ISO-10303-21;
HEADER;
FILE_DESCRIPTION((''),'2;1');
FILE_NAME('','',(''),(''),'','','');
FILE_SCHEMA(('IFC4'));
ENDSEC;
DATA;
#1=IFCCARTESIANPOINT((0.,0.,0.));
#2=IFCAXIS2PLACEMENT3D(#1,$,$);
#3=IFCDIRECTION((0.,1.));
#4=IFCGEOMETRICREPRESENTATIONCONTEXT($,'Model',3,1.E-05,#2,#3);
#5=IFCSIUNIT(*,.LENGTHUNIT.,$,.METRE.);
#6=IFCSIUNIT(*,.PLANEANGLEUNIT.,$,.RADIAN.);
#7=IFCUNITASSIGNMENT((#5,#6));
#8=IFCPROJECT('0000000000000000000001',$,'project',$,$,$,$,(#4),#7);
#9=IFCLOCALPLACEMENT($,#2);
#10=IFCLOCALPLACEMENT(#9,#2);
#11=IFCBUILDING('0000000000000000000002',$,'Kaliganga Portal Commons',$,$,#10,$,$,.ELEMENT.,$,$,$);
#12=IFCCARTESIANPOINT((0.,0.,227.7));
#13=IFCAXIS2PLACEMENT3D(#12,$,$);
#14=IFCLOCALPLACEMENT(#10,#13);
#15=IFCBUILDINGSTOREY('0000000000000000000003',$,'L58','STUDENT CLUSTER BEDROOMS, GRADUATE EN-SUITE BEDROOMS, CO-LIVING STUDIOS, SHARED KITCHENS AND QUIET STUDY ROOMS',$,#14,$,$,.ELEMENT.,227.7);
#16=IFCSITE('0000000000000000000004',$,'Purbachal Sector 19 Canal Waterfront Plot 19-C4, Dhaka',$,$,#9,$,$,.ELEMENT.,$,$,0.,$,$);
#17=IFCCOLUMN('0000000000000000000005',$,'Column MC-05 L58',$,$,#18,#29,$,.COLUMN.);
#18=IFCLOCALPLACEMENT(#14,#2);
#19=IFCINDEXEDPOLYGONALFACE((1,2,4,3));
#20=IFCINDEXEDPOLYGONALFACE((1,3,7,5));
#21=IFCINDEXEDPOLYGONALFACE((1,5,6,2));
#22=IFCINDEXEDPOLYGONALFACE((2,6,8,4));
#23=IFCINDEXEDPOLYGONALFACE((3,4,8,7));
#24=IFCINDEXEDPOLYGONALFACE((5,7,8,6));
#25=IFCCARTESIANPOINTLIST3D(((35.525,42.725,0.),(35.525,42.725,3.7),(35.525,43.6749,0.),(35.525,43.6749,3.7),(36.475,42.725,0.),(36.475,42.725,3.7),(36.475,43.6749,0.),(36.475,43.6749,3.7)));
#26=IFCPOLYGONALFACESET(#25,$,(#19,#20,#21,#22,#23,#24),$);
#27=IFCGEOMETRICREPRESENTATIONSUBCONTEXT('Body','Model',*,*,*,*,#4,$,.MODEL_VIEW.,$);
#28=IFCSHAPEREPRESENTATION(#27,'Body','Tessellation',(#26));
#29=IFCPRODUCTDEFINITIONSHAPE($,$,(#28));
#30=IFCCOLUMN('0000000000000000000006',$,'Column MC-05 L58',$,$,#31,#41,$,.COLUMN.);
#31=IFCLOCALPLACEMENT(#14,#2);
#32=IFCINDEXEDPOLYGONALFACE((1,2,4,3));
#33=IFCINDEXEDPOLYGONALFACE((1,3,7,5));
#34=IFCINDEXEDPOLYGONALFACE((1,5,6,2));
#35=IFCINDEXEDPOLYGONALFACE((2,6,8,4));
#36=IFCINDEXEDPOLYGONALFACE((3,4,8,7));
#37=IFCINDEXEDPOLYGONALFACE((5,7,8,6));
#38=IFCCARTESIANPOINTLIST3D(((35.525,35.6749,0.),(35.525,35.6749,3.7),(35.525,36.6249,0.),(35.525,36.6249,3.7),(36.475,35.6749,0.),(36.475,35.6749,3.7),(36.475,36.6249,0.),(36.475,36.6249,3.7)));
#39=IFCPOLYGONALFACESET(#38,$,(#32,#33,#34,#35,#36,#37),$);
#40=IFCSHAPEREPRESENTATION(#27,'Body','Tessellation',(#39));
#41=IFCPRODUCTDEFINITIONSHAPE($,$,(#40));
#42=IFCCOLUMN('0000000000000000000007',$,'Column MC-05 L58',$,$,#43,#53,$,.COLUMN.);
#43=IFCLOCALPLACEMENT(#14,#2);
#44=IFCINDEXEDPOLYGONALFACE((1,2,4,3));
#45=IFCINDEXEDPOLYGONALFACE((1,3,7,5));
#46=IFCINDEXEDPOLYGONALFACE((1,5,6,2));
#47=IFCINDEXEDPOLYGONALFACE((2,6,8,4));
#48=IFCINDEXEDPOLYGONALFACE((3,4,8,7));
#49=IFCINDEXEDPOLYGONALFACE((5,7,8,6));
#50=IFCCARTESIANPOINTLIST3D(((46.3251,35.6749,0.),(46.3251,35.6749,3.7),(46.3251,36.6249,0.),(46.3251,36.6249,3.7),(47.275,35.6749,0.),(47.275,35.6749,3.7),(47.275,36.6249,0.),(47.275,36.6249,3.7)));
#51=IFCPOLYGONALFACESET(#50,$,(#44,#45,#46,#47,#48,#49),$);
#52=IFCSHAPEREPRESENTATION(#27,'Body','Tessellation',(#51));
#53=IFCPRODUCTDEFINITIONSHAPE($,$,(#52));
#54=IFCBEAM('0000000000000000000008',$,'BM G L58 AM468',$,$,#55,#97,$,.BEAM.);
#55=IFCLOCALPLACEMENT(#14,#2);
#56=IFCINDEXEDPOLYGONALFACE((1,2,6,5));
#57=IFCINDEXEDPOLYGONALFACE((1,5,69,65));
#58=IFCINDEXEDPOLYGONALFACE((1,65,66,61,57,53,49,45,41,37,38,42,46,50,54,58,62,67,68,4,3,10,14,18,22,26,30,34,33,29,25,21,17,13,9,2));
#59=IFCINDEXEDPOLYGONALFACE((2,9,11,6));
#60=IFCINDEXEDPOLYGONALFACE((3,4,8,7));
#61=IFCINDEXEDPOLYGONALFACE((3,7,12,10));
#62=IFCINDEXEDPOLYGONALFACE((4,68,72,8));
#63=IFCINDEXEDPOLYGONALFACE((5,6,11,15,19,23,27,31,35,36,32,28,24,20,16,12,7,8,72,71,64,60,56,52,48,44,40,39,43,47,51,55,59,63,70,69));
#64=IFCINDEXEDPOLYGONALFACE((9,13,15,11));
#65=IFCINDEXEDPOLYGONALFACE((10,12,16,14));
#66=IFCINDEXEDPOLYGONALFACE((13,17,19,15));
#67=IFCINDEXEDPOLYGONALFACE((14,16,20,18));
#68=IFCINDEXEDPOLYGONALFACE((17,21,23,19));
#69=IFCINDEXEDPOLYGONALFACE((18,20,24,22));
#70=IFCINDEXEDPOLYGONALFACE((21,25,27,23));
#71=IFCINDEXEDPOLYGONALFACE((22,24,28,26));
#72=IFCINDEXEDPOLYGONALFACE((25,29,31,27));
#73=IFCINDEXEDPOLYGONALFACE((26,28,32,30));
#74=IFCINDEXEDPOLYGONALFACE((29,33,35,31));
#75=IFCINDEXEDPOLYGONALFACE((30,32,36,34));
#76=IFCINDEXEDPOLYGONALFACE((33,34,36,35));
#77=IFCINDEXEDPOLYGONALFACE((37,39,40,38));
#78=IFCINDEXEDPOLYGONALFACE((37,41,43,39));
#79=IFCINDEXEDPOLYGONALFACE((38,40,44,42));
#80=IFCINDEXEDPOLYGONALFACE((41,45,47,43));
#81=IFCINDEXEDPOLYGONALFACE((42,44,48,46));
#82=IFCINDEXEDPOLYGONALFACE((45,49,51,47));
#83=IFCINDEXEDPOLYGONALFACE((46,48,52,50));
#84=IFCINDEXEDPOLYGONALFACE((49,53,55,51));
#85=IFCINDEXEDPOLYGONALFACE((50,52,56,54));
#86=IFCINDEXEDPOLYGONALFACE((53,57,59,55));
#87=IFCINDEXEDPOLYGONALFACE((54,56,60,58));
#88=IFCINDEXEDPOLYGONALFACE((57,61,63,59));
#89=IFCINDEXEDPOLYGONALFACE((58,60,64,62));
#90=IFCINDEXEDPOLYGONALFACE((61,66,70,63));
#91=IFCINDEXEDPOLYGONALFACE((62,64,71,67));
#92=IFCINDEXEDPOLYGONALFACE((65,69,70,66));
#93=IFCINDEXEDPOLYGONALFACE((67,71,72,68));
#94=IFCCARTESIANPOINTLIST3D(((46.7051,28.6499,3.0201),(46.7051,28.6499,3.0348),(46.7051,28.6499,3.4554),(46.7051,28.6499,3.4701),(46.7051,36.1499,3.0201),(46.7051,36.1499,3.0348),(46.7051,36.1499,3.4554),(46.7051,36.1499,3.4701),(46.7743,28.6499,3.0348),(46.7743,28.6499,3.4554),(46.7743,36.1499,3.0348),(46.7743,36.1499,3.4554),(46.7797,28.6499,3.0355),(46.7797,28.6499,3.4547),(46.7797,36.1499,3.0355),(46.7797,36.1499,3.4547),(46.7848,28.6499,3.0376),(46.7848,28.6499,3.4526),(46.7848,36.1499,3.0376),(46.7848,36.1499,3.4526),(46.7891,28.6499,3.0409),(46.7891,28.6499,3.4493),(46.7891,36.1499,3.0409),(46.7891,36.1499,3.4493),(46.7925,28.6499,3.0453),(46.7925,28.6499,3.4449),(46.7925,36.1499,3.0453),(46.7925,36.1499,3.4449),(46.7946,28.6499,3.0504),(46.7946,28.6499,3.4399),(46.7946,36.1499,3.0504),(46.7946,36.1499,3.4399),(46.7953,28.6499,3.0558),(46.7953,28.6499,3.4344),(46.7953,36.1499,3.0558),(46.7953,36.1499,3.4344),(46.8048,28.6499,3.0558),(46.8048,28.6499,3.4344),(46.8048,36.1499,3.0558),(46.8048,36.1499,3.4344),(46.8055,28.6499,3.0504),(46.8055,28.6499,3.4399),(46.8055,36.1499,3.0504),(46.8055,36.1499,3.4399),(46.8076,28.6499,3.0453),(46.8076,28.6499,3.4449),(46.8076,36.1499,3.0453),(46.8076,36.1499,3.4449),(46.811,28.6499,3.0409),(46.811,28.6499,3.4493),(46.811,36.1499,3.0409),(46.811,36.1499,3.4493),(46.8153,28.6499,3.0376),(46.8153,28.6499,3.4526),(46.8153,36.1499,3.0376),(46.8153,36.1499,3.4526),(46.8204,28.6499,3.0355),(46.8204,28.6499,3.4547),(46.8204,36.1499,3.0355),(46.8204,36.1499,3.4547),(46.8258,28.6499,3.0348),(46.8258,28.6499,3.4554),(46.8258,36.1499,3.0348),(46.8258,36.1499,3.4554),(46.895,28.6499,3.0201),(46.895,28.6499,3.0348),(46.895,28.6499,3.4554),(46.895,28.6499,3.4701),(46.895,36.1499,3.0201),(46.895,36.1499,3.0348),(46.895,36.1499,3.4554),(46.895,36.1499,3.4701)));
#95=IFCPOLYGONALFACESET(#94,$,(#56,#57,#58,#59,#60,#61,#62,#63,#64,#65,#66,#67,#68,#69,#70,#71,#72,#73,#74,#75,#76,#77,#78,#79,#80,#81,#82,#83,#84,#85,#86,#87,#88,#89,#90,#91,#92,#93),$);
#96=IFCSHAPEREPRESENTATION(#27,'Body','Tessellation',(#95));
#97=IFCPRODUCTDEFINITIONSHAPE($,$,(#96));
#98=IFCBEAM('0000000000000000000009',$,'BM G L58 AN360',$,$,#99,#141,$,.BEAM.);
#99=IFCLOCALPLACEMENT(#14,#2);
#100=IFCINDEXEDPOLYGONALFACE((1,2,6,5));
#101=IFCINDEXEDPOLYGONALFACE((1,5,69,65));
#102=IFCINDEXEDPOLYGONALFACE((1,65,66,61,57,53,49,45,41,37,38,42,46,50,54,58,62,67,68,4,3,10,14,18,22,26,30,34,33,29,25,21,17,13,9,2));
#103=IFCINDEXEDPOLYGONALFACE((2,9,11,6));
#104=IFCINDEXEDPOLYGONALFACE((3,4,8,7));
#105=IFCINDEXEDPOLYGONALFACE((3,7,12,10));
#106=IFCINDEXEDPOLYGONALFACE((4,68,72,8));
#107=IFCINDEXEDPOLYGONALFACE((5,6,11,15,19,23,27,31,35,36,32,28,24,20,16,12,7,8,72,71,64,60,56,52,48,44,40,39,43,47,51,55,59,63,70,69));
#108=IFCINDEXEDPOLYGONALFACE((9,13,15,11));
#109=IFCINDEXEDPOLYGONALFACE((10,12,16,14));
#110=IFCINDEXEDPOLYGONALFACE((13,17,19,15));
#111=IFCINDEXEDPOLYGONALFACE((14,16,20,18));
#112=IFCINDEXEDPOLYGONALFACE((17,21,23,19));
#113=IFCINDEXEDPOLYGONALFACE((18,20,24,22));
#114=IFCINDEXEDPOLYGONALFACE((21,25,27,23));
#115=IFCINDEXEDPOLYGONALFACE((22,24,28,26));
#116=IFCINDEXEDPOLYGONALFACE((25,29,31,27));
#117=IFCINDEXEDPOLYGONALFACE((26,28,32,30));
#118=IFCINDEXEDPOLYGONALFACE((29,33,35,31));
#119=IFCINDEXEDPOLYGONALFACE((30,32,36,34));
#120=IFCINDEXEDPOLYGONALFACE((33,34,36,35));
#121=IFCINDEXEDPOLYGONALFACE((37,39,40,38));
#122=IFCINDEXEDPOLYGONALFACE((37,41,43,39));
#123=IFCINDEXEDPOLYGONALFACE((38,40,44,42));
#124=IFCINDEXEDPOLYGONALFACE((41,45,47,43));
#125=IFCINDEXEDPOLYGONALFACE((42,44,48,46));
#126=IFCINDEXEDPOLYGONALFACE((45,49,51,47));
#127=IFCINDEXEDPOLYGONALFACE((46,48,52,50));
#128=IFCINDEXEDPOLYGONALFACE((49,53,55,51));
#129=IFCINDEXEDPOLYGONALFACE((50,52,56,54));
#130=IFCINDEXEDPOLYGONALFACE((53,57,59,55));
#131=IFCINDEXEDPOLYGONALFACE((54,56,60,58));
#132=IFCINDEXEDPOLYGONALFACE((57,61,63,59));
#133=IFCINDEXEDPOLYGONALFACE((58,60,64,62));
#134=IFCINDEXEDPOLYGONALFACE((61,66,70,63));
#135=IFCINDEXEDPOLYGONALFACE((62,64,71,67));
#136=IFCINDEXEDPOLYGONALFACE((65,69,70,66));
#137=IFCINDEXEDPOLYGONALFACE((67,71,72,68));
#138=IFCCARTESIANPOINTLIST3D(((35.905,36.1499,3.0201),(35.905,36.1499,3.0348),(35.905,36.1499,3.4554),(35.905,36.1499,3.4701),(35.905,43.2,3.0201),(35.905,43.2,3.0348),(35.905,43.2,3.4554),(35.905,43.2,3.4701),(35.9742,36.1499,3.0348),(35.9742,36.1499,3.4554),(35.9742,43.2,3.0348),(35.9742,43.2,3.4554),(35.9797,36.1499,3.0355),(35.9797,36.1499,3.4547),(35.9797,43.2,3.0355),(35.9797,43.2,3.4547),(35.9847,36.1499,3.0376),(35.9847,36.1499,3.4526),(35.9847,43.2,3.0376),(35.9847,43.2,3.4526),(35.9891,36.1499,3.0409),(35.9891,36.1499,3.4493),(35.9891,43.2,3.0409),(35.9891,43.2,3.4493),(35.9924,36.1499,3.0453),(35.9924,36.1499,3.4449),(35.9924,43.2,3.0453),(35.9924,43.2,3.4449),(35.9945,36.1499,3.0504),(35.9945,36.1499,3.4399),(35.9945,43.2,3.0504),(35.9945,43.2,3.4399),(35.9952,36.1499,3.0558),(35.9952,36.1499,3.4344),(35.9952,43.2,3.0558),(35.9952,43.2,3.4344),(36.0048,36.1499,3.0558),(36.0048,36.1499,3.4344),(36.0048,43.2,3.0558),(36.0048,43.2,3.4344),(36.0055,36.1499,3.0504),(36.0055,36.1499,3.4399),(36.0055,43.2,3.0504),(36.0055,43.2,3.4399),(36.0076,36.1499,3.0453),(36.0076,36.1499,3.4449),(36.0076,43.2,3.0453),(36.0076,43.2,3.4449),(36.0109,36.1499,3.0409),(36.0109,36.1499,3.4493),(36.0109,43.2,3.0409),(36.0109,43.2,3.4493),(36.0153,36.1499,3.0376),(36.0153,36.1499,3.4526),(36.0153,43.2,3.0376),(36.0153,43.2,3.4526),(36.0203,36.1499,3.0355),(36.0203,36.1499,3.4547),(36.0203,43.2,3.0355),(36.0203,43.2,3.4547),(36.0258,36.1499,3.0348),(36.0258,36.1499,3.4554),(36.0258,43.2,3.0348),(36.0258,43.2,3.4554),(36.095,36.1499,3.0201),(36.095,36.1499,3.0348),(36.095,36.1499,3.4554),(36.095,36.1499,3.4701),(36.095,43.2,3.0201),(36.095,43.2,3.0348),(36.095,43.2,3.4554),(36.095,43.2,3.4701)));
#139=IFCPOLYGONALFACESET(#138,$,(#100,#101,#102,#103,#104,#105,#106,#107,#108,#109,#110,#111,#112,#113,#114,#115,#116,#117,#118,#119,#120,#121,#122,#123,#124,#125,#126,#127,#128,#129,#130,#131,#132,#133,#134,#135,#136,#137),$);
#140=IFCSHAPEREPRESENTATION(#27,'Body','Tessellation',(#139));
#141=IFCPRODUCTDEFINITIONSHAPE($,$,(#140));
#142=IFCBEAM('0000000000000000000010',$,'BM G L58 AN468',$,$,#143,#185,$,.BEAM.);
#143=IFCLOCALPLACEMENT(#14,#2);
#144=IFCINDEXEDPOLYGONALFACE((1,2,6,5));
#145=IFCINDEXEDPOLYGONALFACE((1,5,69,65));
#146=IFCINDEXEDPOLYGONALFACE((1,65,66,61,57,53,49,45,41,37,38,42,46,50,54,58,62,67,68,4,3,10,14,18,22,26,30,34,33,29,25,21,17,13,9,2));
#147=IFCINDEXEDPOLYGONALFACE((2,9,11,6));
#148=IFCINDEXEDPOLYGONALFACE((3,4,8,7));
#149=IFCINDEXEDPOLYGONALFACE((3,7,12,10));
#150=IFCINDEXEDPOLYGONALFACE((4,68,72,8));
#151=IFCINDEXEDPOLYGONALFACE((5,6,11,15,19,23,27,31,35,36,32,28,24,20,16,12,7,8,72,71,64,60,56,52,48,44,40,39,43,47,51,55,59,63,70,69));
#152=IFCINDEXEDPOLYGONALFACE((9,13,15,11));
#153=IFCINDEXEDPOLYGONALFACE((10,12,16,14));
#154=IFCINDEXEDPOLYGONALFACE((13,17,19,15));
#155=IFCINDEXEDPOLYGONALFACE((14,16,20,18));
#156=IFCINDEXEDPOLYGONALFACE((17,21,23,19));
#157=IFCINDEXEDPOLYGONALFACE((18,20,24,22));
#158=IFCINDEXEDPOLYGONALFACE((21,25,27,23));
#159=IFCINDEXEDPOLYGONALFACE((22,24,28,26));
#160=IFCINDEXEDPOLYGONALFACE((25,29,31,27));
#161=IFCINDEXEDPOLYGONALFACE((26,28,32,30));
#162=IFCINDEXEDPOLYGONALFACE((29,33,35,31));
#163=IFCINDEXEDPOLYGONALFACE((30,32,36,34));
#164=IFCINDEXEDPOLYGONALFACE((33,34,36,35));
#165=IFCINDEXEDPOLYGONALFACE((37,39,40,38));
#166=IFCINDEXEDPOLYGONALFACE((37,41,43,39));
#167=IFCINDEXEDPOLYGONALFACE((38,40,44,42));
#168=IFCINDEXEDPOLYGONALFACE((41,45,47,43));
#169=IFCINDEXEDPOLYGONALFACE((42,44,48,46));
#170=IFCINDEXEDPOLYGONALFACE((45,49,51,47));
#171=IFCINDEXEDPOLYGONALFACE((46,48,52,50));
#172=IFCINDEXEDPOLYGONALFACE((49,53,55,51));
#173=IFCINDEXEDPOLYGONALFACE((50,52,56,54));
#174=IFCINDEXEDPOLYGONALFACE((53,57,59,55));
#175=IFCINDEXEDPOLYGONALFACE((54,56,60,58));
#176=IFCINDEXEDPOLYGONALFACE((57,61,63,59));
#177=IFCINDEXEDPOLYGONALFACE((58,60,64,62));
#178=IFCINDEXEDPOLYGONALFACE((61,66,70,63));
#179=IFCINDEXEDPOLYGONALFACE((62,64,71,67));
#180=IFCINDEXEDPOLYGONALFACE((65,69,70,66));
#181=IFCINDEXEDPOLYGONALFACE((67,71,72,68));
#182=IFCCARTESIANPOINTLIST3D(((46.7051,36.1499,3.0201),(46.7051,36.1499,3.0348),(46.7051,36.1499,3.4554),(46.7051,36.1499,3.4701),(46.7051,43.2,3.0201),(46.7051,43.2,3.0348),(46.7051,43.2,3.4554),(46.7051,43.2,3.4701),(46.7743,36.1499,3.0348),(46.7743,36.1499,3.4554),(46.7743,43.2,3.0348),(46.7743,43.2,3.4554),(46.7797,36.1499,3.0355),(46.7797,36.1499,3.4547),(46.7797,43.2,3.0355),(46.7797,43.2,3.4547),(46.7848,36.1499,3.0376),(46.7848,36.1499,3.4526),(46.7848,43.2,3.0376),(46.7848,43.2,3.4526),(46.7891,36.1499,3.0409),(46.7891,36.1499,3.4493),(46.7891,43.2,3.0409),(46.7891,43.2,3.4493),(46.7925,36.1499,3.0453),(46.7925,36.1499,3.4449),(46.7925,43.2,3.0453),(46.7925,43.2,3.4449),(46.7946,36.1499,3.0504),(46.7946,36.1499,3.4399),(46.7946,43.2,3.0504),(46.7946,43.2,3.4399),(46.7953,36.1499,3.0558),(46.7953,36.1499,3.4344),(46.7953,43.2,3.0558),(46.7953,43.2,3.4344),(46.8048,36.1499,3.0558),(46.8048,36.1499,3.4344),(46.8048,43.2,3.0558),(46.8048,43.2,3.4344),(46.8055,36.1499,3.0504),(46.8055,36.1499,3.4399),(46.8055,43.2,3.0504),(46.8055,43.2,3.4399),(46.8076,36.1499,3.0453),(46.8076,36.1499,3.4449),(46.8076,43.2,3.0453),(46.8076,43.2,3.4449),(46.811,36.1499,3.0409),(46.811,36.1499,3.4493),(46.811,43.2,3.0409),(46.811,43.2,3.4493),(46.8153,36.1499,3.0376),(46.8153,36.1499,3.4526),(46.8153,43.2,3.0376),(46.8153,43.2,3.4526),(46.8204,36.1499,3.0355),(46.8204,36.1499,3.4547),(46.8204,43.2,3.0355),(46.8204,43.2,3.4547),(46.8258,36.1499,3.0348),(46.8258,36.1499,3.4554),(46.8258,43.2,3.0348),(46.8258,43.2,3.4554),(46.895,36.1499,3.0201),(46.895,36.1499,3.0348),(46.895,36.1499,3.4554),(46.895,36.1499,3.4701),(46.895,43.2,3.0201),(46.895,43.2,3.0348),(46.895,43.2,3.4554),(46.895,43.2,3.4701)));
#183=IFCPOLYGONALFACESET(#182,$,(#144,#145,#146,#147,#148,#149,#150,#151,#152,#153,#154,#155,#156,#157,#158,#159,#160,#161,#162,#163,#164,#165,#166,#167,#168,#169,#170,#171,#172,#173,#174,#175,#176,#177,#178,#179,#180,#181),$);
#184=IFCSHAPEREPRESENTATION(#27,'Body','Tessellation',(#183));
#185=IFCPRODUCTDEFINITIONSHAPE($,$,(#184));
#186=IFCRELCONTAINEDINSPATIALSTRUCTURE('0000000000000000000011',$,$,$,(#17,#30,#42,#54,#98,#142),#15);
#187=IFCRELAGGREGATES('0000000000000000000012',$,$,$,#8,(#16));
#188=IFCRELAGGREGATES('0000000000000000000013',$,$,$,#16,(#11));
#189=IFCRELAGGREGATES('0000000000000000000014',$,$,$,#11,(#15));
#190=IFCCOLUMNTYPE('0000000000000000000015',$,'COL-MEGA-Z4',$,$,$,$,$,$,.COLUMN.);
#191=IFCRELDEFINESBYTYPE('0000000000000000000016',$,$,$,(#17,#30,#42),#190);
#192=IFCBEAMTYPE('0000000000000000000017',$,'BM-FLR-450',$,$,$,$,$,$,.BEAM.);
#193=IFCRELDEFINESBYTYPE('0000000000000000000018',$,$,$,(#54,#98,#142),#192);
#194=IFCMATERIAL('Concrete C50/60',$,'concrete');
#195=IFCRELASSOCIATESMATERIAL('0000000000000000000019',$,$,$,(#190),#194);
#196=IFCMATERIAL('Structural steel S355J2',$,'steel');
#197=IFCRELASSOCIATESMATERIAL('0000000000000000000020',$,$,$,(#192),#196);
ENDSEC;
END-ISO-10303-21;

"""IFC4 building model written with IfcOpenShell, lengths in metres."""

from ifc_helpers import new_model, si_unit, direction, frame, origin, origin_2d, place, context, subcontext, project, spatial, rectangle, i_section, extrude, source, transform, mapped, material, material_profile, profile_set, type_object, element, save


model = new_model("IFC4")

# Units and contexts
model_context = context("Model", 3, precision=1e-05, world=origin(), true_north=direction((0.0, 1.0)))
body_context = subcontext(model_context, "Body", "Model", "MODEL_VIEW")
ifc_project = project(units=[si_unit("LENGTHUNIT", "METRE"), si_unit("PLANEANGLEUNIT", "RADIAN")], contexts=[model_context])

# Site, building, storey
site_placement = place(None, origin())
site = spatial("IfcSite", under=ifc_project, at=site_placement, Name="Purbachal Sector 19 Canal Waterfront Plot 19-C4, Dhaka", CompositionType="ELEMENT", RefElevation=0.0)
building_placement = place(site_placement, origin())
building = spatial("IfcBuilding", under=site, at=building_placement, Name="Kaliganga Portal Commons", CompositionType="ELEMENT")
storey_placement = place(building_placement, frame((0.0, 0.0, 227.7)))
storey = spatial("IfcBuildingStorey", under=building, at=storey_placement, Name="L58", Description="STUDENT CLUSTER BEDROOMS, GRADUATE EN-SUITE BEDROOMS, CO-LIVING STUDIOS, SHARED KITCHENS AND QUIET STUDY ROOMS", CompositionType="ELEMENT", Elevation=227.7)

# Columns
ifc_material_1 = material(Name="Concrete C50/60", Category="concrete")
ifc_material_profile_1 = material_profile(ifc_material_1, rectangle(XDim=0.95, YDim=0.95, at=origin_2d()), Name="RC 950x950")
ifc_profile_set_1 = profile_set([ifc_material_profile_1], Name="Concrete C50/60")
column_type = type_object("IfcColumnType", Name="COL-MEGA-Z4", PredefinedType="COLUMN", material=ifc_profile_set_1)
shared_shape_1 = source(origin(), body_context, "Body", "SweptSolid", [
    extrude(rectangle(XDim=0.95, YDim=0.95, at=origin_2d()), origin(), (0.0, 0.0, 1.0), 3.7),
])
for number, where, z_axis, x_axis, name in (
    (1, (36.0, 43.2, 0.0), (0.0, 0.0, 1.0), (1.0, 0.0, 0.0), "Column MC-05 L58"),
    (2, (36.0, 36.1499, 0.0), (0.0, 0.0, 1.0), (1.0, 0.0, 0.0), "Column MC-05 L58"),
    (3, (46.8, 36.1499, 0.0), (0.0, 0.0, 1.0), (1.0, 0.0, 0.0), "Column MC-05 L58"),
):
    element("IfcColumn", number, at=place(storey_placement, frame(where, z_axis=z_axis, x_axis=x_axis)), inside=storey, type_object=column_type, Name=name, PredefinedType="COLUMN", context=body_context, shape_type="MappedRepresentation", body=[
        mapped(shared_shape_1, transform((0.0, 0.0, 0.0), x_axis=(1.0, 0.0, 0.0), y_axis=(0.0, 1.0, 0.0), z_axis=(0.0, 0.0, 1.0), scale=1.0)),
    ])

# Beams
ifc_material_2 = material(Name="Structural steel S355J2", Category="steel")
ifc_material_profile_2 = material_profile(ifc_material_2, i_section(OverallWidth=0.1899, OverallDepth=0.45, WebThickness=0.0095, FlangeThickness=0.0146, FilletRadius=0.021, at=origin_2d()), Name="IPE 450")
ifc_profile_set_2 = profile_set([ifc_material_profile_2], Name="Structural steel S355J2 wide-flange")
beam_type_1 = type_object("IfcBeamType", Name="BM-FLR-450", PredefinedType="BEAM", material=ifc_profile_set_2)
shared_shape_2 = source(origin(), body_context, "Body", "SweptSolid", [
    extrude(i_section(OverallWidth=0.1899, OverallDepth=0.45, WebThickness=0.0095, FlangeThickness=0.0146, FilletRadius=0.021, at=origin_2d()), origin(), (0.0, 0.0, 1.0), 7.5),
])
beam_1_placement = place(storey_placement, frame((46.8, 28.6499, 3.2451), z_axis=(0.0, 1.0, 0.0), x_axis=(-1.0, 0.0, 0.0)))
element("IfcBeam", 4, at=beam_1_placement, inside=storey, type_object=beam_type_1, Name="BM G L58 AM468", PredefinedType="BEAM", context=body_context, shape_type="MappedRepresentation", body=[
    mapped(shared_shape_2, transform((0.0, 0.0, 0.0), x_axis=(1.0, 0.0, 0.0), y_axis=(0.0, 1.0, 0.0), z_axis=(0.0, 0.0, 1.0), scale=1.0)),
])
shared_shape_3 = source(origin(), body_context, "Body", "SweptSolid", [
    extrude(i_section(OverallWidth=0.1899, OverallDepth=0.45, WebThickness=0.0095, FlangeThickness=0.0146, FilletRadius=0.021, at=origin_2d()), origin(), (0.0, 0.0, 1.0), 7.05),
])
for number, where, z_axis, x_axis, name in (
    (5, (36.0, 36.1499, 3.2451), (0.0, 1.0, 0.0), (-1.0, 0.0, 0.0), "BM G L58 AN360"),
    (6, (46.8, 36.1499, 3.2451), (0.0, 1.0, 0.0), (-1.0, 0.0, 0.0), "BM G L58 AN468"),
):
    element("IfcBeam", number, at=place(storey_placement, frame(where, z_axis=z_axis, x_axis=x_axis)), inside=storey, type_object=beam_type_1, Name=name, PredefinedType="BEAM", context=body_context, shape_type="MappedRepresentation", body=[
        mapped(shared_shape_3, transform((0.0, 0.0, 0.0), x_axis=(1.0, 0.0, 0.0), y_axis=(0.0, 1.0, 0.0), z_axis=(0.0, 0.0, 1.0), scale=1.0)),
    ])

save(model, "model.ifc")
